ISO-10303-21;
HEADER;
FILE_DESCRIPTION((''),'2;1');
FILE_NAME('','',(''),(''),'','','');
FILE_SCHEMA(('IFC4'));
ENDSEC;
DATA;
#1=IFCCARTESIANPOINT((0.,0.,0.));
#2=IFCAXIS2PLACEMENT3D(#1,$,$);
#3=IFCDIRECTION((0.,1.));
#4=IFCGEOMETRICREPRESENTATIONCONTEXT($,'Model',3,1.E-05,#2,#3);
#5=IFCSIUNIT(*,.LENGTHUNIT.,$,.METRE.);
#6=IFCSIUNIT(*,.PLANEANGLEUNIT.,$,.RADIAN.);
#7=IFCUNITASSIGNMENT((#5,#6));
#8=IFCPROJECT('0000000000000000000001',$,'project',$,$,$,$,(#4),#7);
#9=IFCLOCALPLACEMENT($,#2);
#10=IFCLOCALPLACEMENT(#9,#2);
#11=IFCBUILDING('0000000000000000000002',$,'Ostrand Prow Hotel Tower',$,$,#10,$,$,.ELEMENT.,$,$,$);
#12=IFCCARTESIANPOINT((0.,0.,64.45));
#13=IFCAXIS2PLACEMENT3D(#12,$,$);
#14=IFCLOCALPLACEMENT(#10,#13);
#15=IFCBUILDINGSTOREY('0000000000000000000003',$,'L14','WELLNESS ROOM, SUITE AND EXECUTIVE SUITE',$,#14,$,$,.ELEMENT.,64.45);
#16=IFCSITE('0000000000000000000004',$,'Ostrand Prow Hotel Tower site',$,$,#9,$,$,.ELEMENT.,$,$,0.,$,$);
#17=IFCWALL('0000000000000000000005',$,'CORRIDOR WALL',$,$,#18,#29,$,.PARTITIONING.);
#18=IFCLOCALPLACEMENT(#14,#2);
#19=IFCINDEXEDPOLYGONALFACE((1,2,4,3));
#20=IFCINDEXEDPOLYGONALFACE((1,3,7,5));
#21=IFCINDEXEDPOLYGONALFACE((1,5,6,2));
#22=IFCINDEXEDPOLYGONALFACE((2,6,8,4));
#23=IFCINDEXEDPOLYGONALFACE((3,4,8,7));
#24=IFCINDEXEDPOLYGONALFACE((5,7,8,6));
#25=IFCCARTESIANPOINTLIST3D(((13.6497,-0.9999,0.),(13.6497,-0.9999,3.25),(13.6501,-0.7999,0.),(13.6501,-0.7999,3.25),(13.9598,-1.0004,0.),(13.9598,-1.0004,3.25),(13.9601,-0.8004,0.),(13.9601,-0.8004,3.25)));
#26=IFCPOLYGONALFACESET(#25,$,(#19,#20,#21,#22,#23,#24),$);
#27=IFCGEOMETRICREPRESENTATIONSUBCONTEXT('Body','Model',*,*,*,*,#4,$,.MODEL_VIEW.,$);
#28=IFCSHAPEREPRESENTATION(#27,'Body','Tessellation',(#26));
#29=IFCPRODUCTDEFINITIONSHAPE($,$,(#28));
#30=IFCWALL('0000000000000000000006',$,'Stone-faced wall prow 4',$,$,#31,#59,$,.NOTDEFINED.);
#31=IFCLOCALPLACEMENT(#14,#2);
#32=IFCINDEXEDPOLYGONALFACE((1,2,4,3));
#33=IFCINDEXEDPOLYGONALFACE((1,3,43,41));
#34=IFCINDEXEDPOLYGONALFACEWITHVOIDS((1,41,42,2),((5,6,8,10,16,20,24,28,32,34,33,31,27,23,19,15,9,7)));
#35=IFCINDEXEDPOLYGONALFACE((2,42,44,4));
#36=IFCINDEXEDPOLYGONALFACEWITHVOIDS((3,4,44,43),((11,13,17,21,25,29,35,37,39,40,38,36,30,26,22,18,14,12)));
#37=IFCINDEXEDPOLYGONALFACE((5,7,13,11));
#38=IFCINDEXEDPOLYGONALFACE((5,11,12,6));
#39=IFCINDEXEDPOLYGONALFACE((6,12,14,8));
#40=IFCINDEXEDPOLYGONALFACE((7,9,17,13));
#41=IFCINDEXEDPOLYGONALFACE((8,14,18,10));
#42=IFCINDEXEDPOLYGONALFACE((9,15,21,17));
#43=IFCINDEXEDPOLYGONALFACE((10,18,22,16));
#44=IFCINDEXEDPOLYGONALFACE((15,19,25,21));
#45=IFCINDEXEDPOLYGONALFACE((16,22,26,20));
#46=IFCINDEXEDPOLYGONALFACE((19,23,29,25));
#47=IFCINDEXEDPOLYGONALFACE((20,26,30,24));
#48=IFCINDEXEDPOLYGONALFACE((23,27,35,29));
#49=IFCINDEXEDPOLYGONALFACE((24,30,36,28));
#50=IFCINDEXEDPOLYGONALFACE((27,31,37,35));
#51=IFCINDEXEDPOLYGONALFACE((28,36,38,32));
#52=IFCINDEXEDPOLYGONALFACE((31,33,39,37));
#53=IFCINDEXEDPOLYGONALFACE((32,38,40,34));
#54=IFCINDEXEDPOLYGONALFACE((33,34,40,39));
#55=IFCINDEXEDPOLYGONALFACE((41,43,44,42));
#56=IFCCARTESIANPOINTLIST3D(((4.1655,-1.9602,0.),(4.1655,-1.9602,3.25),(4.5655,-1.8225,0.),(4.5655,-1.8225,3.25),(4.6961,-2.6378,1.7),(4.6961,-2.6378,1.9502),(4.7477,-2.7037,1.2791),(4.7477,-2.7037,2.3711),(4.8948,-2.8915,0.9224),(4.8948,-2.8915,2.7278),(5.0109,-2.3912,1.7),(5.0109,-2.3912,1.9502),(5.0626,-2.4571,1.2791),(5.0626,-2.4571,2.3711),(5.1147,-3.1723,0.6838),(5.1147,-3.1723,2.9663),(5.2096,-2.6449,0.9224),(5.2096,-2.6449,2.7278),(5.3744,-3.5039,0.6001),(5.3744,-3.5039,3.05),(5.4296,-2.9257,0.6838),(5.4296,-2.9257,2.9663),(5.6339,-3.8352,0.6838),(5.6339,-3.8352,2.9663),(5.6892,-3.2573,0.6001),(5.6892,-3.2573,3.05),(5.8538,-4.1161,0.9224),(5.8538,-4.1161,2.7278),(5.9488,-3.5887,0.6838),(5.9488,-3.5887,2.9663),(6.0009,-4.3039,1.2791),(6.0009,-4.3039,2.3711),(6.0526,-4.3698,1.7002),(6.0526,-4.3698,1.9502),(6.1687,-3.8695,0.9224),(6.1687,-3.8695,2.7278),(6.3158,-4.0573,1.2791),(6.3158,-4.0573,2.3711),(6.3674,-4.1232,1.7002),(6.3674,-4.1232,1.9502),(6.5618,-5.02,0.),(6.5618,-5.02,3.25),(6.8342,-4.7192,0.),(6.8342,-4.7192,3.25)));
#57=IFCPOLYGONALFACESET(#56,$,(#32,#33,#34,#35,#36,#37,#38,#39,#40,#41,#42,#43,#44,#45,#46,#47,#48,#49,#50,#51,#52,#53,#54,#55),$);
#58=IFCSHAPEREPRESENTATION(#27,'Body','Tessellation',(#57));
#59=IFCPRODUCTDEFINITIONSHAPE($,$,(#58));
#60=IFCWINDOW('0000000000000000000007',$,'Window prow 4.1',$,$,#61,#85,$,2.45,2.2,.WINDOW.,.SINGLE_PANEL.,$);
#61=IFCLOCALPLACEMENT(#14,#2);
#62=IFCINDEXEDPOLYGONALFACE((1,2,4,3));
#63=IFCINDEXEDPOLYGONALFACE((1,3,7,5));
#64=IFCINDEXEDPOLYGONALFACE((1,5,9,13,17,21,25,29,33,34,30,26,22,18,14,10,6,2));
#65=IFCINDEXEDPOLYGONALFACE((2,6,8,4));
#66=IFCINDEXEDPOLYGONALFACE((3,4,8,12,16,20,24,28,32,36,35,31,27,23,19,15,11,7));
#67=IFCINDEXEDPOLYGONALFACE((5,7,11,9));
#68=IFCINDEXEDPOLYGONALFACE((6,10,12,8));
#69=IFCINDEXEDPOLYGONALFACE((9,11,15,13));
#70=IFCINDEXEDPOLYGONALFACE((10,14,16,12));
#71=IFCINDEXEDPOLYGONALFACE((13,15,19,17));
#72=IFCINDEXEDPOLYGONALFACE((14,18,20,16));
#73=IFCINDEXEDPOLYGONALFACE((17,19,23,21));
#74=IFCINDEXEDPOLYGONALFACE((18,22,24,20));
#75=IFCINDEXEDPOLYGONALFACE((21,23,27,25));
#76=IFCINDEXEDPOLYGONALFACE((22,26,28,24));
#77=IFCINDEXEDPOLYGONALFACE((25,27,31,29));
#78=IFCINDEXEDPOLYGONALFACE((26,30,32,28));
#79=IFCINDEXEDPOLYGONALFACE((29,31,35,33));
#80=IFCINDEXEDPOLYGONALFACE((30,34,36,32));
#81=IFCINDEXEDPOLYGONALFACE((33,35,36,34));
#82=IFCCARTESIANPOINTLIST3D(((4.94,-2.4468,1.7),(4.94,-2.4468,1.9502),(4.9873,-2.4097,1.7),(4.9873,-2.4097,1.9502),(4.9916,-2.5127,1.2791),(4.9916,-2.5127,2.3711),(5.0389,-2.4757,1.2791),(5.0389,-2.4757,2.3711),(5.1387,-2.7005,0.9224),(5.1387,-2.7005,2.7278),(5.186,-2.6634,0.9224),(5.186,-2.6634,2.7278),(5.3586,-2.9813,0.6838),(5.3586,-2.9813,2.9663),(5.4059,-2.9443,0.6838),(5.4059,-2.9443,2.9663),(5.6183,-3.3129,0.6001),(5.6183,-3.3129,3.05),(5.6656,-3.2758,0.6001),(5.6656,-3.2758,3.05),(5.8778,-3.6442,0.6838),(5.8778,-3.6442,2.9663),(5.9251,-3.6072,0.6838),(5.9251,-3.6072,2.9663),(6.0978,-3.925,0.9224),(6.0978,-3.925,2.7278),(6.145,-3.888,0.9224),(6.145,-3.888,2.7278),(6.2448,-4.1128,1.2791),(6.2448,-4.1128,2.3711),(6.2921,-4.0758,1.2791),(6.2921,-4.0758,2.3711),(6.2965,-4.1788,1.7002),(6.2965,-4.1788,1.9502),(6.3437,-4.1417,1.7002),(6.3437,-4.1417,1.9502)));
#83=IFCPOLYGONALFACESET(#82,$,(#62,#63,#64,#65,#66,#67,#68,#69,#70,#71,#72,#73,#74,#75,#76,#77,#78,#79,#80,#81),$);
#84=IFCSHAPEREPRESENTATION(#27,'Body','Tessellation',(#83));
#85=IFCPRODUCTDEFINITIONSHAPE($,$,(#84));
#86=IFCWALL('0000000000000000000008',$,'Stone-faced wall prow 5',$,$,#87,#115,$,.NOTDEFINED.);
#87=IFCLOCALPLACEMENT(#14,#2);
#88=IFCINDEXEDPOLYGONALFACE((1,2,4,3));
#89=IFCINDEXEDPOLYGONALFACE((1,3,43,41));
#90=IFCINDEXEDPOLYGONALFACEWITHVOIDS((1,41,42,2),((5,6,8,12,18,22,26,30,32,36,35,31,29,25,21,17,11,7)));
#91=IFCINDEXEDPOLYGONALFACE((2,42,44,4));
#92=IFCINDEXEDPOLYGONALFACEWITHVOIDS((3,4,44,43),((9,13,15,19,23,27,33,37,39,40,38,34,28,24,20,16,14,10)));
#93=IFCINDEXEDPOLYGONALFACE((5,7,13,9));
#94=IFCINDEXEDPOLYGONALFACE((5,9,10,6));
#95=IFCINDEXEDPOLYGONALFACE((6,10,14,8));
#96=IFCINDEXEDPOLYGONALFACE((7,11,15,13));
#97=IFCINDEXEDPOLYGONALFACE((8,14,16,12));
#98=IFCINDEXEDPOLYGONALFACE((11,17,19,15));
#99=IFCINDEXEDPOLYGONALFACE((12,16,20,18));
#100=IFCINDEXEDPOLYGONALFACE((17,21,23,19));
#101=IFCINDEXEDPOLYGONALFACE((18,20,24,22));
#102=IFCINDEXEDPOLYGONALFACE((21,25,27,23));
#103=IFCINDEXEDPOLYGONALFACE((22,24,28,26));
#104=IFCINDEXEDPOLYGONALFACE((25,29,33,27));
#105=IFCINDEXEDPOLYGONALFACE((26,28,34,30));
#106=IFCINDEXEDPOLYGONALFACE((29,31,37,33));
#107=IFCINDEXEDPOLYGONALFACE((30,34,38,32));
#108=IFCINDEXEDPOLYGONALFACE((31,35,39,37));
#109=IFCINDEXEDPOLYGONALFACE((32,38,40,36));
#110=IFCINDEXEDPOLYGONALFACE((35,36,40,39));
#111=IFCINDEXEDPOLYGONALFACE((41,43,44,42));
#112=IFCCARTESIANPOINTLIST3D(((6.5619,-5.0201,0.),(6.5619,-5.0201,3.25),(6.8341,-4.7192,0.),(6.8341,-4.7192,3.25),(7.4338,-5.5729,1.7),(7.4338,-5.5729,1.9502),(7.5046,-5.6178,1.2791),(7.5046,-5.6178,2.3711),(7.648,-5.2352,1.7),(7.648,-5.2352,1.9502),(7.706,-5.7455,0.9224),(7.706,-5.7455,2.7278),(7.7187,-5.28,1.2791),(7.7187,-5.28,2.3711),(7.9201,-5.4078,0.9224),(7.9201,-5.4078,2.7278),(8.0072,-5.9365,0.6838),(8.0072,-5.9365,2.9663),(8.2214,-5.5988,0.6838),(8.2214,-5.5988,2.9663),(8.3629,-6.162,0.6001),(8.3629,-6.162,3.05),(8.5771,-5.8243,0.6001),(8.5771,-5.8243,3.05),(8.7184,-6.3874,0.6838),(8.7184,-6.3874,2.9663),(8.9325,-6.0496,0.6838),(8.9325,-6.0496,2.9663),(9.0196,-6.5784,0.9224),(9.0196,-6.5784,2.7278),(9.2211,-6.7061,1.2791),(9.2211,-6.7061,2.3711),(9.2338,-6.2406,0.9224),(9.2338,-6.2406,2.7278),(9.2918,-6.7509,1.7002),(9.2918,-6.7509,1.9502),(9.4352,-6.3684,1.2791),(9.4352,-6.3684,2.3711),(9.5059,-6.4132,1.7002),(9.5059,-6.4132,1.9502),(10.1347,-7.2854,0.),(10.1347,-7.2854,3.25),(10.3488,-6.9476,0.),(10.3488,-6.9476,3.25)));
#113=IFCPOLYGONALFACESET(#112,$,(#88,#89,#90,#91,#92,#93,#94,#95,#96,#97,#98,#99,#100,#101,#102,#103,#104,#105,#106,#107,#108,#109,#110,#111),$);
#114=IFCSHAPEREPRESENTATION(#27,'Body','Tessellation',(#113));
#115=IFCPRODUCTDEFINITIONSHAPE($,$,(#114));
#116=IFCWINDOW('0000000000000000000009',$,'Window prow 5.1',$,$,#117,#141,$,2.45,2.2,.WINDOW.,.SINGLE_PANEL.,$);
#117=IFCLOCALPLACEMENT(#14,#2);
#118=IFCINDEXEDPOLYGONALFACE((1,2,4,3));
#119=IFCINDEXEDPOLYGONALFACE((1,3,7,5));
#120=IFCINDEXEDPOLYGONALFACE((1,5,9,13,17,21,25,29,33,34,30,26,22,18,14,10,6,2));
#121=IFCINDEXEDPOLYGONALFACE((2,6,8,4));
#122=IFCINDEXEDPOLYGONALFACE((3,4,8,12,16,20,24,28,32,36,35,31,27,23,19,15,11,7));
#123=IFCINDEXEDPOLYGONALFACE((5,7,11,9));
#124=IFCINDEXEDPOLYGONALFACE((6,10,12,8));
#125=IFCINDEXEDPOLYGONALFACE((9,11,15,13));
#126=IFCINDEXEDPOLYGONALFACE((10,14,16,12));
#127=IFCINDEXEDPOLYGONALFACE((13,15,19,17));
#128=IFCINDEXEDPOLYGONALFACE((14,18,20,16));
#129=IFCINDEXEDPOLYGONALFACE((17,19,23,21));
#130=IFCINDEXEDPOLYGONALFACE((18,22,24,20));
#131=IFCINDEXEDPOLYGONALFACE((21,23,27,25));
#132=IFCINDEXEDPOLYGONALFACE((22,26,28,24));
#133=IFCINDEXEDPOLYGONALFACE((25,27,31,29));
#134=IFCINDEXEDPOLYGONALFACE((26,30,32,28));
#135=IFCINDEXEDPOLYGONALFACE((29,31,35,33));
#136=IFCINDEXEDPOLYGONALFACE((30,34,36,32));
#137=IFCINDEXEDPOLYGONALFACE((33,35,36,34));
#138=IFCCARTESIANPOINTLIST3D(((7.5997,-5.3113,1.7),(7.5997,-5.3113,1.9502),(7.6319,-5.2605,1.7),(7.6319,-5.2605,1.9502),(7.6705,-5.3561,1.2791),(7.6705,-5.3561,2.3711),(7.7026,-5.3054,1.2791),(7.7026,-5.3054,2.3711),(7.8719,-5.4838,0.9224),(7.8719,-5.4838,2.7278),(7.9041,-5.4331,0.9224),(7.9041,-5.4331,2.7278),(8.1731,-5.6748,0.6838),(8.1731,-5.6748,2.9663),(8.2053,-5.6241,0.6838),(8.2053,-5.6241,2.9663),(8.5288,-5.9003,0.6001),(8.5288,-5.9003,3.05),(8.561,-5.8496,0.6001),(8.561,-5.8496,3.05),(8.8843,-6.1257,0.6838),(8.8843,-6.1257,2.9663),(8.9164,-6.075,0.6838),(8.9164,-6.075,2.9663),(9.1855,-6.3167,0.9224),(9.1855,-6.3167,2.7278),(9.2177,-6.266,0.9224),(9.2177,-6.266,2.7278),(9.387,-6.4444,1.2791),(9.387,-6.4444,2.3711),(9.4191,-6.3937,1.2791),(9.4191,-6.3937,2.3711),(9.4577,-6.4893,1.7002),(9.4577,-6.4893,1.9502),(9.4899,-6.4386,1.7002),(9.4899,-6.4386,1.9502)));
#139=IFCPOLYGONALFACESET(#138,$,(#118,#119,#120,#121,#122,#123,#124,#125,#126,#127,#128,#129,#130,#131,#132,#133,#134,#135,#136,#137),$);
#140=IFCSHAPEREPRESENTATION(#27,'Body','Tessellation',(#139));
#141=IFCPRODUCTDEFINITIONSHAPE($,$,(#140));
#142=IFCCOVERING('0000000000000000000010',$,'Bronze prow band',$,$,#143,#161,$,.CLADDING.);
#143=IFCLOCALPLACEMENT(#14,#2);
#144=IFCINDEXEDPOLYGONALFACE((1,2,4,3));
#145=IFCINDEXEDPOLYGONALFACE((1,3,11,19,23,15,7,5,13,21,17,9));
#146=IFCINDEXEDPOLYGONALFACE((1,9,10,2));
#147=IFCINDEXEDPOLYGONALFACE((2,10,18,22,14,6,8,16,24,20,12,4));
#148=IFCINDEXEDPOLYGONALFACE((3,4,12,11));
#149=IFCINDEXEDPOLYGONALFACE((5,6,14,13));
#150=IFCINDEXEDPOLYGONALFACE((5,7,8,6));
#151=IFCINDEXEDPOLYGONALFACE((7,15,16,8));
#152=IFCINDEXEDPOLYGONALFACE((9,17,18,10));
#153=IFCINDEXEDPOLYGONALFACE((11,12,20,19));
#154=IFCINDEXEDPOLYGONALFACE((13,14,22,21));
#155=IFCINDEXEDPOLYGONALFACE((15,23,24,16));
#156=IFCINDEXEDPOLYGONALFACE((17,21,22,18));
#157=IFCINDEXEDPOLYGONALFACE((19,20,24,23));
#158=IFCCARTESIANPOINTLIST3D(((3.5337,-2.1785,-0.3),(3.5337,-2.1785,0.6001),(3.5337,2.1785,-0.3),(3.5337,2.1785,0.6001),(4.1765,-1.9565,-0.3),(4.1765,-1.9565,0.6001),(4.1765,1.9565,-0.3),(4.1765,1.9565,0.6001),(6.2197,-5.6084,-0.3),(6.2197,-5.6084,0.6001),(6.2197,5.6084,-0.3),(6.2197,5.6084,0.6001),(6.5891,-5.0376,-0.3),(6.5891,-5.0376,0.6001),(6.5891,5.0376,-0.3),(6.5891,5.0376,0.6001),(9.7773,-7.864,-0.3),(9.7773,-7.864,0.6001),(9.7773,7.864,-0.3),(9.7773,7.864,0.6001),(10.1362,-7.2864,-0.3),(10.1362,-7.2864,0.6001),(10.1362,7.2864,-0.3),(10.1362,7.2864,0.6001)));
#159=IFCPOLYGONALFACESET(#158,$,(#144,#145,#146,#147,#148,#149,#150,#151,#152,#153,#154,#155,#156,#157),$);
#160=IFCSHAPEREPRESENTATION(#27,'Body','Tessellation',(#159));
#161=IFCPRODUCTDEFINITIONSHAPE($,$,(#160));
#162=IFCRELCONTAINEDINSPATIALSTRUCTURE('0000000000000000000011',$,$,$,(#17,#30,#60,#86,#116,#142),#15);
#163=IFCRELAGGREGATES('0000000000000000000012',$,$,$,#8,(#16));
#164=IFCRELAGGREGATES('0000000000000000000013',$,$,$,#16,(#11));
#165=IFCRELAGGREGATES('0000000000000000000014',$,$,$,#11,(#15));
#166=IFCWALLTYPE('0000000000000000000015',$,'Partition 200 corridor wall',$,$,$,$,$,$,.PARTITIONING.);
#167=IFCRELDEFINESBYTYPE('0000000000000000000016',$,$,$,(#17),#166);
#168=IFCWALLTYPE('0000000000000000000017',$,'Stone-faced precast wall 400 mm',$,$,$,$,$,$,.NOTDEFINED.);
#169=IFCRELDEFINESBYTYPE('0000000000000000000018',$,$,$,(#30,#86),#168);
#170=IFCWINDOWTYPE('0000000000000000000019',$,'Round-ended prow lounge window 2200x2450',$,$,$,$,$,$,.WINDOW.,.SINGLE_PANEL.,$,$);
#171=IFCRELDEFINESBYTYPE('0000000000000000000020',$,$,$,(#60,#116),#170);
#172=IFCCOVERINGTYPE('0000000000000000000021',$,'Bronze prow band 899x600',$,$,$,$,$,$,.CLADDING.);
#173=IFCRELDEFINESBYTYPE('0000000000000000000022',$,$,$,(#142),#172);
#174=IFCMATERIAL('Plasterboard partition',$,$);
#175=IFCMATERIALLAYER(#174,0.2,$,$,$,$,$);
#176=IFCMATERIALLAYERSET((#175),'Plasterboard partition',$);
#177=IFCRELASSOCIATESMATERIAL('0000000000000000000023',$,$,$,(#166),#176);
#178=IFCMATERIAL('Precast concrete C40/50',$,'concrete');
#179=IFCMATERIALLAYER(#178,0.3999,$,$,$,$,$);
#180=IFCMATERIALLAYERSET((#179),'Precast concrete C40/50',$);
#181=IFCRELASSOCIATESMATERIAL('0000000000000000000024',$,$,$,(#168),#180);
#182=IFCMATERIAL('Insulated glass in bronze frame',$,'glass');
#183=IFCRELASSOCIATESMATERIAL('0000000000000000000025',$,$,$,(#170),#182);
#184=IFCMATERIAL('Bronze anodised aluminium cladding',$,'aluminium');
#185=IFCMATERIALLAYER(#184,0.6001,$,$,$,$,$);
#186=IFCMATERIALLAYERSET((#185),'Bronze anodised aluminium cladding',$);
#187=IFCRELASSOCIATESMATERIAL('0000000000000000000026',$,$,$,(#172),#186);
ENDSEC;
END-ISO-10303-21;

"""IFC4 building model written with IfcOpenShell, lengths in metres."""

from ifc_helpers import new_model, si_unit, direction, frame, frame_2d, origin, place, context, subcontext, project, spatial, polyline, rectangle, outline, extrude, material, layer, layer_set, type_object, element, fill, save


model = new_model("IFC4")

# Units and contexts
model_context = context("Model", 3, precision=1e-05, world=origin(), true_north=direction((0.0, 1.0)))
body_context = subcontext(model_context, "Body", "Model", "MODEL_VIEW")
ifc_project = project(units=[si_unit("LENGTHUNIT", "METRE"), si_unit("PLANEANGLEUNIT", "RADIAN")], contexts=[model_context])

# Site, building, storey
site_placement = place(None, origin())
site = spatial("IfcSite", under=ifc_project, at=site_placement, Name="Ostrand Prow Hotel Tower site", CompositionType="ELEMENT", RefElevation=0.0)
building_placement = place(site_placement, origin())
building = spatial("IfcBuilding", under=site, at=building_placement, Name="Ostrand Prow Hotel Tower", CompositionType="ELEMENT")
storey_placement = place(building_placement, frame((0.0, 0.0, 64.45)))
storey = spatial("IfcBuildingStorey", under=building, at=storey_placement, Name="L14", Description="WELLNESS ROOM, SUITE AND EXECUTIVE SUITE", CompositionType="ELEMENT", Elevation=64.45)

# Shared definitions
ifc_material_1 = material(Name="Plasterboard partition")
ifc_layer_1 = layer(ifc_material_1, 0.2)
ifc_layer_set_1 = layer_set([ifc_layer_1], Name="Plasterboard partition")
wall_type_1 = type_object("IfcWallType", Name="Partition 200 corridor wall", PredefinedType="PARTITIONING", material=ifc_layer_set_1)

# Wall
wall_1_placement = place(storey_placement, frame((13.6499, -0.8999, 0.0), z_axis=(0.0, 0.0, 1.0), x_axis=(0.999999, -0.001575, 0.0)))
element("IfcWall", 1, at=wall_1_placement, inside=storey, type_object=wall_type_1, Name="CORRIDOR WALL", PredefinedType="PARTITIONING", context=body_context, shape_type="SweptSolid", body=[
    extrude(rectangle(XDim=0.3101, YDim=0.2, at=frame_2d((0.155, 0.0))), origin(), (0.0, 0.0, 1.0), 3.25),
])

# Walls, openings, windows
ifc_material_2 = material(Name="Precast concrete C40/50", Category="concrete")
ifc_layer_2 = layer(ifc_material_2, 0.3999)
ifc_layer_set_2 = layer_set([ifc_layer_2], Name="Precast concrete C40/50")
wall_type_2 = type_object("IfcWallType", Name="Stone-faced precast wall 400 mm", PredefinedType="NOTDEFINED", material=ifc_layer_set_2)
wall_2_placement = place(storey_placement, frame((4.3655, -1.8914, 0.0), z_axis=(0.0, 0.0, 1.0), x_axis=(0.616587, -0.787287, 0.0)))
wall_2 = element("IfcWall", 2, at=wall_2_placement, inside=storey, type_object=wall_type_2, Name="Stone-faced wall prow 4", PredefinedType="NOTDEFINED", context=body_context, shape_type="SweptSolid", body=[
    extrude(outline(polyline([(-0.0691, -0.2), (3.8174, -0.2), (3.7485, 0.2), (0.0691, 0.2), (-0.0691, -0.2)])), origin(), (0.0, 0.0, 1.0), 3.25),
])
opening_1_placement = place(wall_2_placement, frame((0.7915, 0.0, 0.6001)))
opening_1 = element("IfcOpeningElement", 3, at=opening_1_placement, cuts=wall_2, PredefinedType="OPENING", context=body_context, shape_type="SweptSolid", body=[
    extrude(outline(polyline([(0.0, 1.3501), (0.0837, 1.771), (0.3223, 2.1277), (0.679, 2.3662), (1.1001, 2.45), (1.521, 2.3662), (1.8777, 2.1277), (2.1162, 1.771), (2.2, 1.3501), (2.2, 1.1001), (2.1162, 0.679), (1.8777, 0.3223), (1.521, 0.0837), (1.1001, 0.0), (0.679, 0.0837), (0.3223, 0.3223), (0.0837, 0.679), (0.0, 1.0999), (0.0, 1.3501)])), frame((0.0, 0.21, 0.0), z_axis=(0.0, -1.0, 0.0), x_axis=(1.0, 0.0, 0.0)), (0.0, 0.0, 1.0), 0.4199),
])
ifc_material_3 = material(Name="Insulated glass in bronze frame", Category="glass")
window_type = type_object("IfcWindowType", Name="Round-ended prow lounge window 2200x2450", PartitioningType="SINGLE_PANEL", PredefinedType="WINDOW", material=ifc_material_3)
window_1_placement = place(opening_1_placement, origin())
window_1 = element("IfcWindow", 4, at=window_1_placement, inside=storey, type_object=window_type, Name="Window prow 4.1", OverallHeight=2.45, OverallWidth=2.2, PartitioningType="SINGLE_PANEL", PredefinedType="WINDOW", context=body_context, shape_type="SweptSolid", body=[
    extrude(outline(polyline([(0.0, 1.3501), (0.0837, 1.771), (0.3223, 2.1277), (0.679, 2.3662), (1.1001, 2.45), (1.521, 2.3662), (1.8777, 2.1277), (2.1162, 1.771), (2.2, 1.3501), (2.2, 1.1001), (2.1162, 0.679), (1.8777, 0.3223), (1.521, 0.0837), (1.1001, 0.0), (0.679, 0.0837), (0.3223, 0.3223), (0.0837, 0.679), (0.0, 1.0999), (0.0, 1.3501)])), frame((0.0, 0.1699, 0.0), z_axis=(0.0, -1.0, 0.0), x_axis=(1.0, 0.0, 0.0)), (0.0, 0.0, 1.0), 0.0601),
])
fill(opening_1, window_1)
wall_3_placement = place(storey_placement, frame((6.698, -4.8696, 0.0), z_axis=(0.0, 0.0, 1.0), x_axis=(0.844552, -0.535474, 0.0)))
wall_3 = element("IfcWall", 5, at=wall_3_placement, inside=storey, type_object=wall_type_2, Name="Stone-faced wall prow 5", PredefinedType="NOTDEFINED", context=body_context, shape_type="SweptSolid", body=[
    extrude(outline(polyline([(-0.0344, -0.2), (4.196, -0.2), (4.196, 0.2), (0.0344, 0.2), (-0.0344, -0.2)])), origin(), (0.0, 0.0, 1.0), 3.25),
])
opening_2_placement = place(wall_3_placement, frame((0.998, 0.0, 0.6001)))
opening_2 = element("IfcOpeningElement", 6, at=opening_2_placement, cuts=wall_3, PredefinedType="OPENING", context=body_context, shape_type="SweptSolid", body=[
    extrude(outline(polyline([(0.0, 1.3501), (0.0837, 1.771), (0.3223, 2.1277), (0.679, 2.3662), (1.1001, 2.45), (1.521, 2.3662), (1.8777, 2.1277), (2.1162, 1.771), (2.2, 1.3501), (2.2, 1.1001), (2.1162, 0.679), (1.8777, 0.3223), (1.521, 0.0837), (1.1001, 0.0), (0.679, 0.0837), (0.3223, 0.3223), (0.0837, 0.679), (0.0, 1.0999), (0.0, 1.3501)])), frame((0.0, 0.21, 0.0), z_axis=(0.0, -1.0, 0.0), x_axis=(1.0, 0.0, 0.0)), (0.0, 0.0, 1.0), 0.4199),
])
window_2_placement = place(opening_2_placement, origin())
window_2 = element("IfcWindow", 7, at=window_2_placement, inside=storey, type_object=window_type, Name="Window prow 5.1", OverallHeight=2.45, OverallWidth=2.2, PartitioningType="SINGLE_PANEL", PredefinedType="WINDOW", context=body_context, shape_type="SweptSolid", body=[
    extrude(outline(polyline([(0.0, 1.3501), (0.0837, 1.771), (0.3223, 2.1277), (0.679, 2.3662), (1.1001, 2.45), (1.521, 2.3662), (1.8777, 2.1277), (2.1162, 1.771), (2.2, 1.3501), (2.2, 1.1001), (2.1162, 0.679), (1.8777, 0.3223), (1.521, 0.0837), (1.1001, 0.0), (0.679, 0.0837), (0.3223, 0.3223), (0.0837, 0.679), (0.0, 1.0999), (0.0, 1.3501)])), frame((0.0, 0.1699, 0.0), z_axis=(0.0, -1.0, 0.0), x_axis=(1.0, 0.0, 0.0)), (0.0, 0.0, 1.0), 0.0601),
])
fill(opening_2, window_2)

# Covering
ifc_material_4 = material(Name="Bronze anodised aluminium cladding", Category="aluminium")
ifc_layer_3 = layer(ifc_material_4, 0.6001)
ifc_layer_set_3 = layer_set([ifc_layer_3], Name="Bronze anodised aluminium cladding")
covering_type_1 = type_object("IfcCoveringType", Name="Bronze prow band 899x600", PredefinedType="CLADDING", material=ifc_layer_set_3)
covering_1_placement = place(storey_placement, frame((0.0, 0.0, -0.3)))
element("IfcCovering", 8, at=covering_1_placement, inside=storey, type_object=covering_type_1, Name="Bronze prow band", PredefinedType="CLADDING", context=body_context, shape_type="SweptSolid", body=[
    extrude(outline(polyline([(9.7773, 7.864), (6.2197, 5.6084), (3.5337, 2.1785), (3.5337, -2.1785), (6.2197, -5.6084), (9.7773, -7.864), (10.1362, -7.2864), (6.5891, -5.0376), (4.1765, -1.9565), (4.1765, 1.9565), (6.5891, 5.0376), (10.1362, 7.2864), (9.7773, 7.864)])), origin(), (0.0, 0.0, 1.0), 0.9001),
])

save(model, "model.ifc")
